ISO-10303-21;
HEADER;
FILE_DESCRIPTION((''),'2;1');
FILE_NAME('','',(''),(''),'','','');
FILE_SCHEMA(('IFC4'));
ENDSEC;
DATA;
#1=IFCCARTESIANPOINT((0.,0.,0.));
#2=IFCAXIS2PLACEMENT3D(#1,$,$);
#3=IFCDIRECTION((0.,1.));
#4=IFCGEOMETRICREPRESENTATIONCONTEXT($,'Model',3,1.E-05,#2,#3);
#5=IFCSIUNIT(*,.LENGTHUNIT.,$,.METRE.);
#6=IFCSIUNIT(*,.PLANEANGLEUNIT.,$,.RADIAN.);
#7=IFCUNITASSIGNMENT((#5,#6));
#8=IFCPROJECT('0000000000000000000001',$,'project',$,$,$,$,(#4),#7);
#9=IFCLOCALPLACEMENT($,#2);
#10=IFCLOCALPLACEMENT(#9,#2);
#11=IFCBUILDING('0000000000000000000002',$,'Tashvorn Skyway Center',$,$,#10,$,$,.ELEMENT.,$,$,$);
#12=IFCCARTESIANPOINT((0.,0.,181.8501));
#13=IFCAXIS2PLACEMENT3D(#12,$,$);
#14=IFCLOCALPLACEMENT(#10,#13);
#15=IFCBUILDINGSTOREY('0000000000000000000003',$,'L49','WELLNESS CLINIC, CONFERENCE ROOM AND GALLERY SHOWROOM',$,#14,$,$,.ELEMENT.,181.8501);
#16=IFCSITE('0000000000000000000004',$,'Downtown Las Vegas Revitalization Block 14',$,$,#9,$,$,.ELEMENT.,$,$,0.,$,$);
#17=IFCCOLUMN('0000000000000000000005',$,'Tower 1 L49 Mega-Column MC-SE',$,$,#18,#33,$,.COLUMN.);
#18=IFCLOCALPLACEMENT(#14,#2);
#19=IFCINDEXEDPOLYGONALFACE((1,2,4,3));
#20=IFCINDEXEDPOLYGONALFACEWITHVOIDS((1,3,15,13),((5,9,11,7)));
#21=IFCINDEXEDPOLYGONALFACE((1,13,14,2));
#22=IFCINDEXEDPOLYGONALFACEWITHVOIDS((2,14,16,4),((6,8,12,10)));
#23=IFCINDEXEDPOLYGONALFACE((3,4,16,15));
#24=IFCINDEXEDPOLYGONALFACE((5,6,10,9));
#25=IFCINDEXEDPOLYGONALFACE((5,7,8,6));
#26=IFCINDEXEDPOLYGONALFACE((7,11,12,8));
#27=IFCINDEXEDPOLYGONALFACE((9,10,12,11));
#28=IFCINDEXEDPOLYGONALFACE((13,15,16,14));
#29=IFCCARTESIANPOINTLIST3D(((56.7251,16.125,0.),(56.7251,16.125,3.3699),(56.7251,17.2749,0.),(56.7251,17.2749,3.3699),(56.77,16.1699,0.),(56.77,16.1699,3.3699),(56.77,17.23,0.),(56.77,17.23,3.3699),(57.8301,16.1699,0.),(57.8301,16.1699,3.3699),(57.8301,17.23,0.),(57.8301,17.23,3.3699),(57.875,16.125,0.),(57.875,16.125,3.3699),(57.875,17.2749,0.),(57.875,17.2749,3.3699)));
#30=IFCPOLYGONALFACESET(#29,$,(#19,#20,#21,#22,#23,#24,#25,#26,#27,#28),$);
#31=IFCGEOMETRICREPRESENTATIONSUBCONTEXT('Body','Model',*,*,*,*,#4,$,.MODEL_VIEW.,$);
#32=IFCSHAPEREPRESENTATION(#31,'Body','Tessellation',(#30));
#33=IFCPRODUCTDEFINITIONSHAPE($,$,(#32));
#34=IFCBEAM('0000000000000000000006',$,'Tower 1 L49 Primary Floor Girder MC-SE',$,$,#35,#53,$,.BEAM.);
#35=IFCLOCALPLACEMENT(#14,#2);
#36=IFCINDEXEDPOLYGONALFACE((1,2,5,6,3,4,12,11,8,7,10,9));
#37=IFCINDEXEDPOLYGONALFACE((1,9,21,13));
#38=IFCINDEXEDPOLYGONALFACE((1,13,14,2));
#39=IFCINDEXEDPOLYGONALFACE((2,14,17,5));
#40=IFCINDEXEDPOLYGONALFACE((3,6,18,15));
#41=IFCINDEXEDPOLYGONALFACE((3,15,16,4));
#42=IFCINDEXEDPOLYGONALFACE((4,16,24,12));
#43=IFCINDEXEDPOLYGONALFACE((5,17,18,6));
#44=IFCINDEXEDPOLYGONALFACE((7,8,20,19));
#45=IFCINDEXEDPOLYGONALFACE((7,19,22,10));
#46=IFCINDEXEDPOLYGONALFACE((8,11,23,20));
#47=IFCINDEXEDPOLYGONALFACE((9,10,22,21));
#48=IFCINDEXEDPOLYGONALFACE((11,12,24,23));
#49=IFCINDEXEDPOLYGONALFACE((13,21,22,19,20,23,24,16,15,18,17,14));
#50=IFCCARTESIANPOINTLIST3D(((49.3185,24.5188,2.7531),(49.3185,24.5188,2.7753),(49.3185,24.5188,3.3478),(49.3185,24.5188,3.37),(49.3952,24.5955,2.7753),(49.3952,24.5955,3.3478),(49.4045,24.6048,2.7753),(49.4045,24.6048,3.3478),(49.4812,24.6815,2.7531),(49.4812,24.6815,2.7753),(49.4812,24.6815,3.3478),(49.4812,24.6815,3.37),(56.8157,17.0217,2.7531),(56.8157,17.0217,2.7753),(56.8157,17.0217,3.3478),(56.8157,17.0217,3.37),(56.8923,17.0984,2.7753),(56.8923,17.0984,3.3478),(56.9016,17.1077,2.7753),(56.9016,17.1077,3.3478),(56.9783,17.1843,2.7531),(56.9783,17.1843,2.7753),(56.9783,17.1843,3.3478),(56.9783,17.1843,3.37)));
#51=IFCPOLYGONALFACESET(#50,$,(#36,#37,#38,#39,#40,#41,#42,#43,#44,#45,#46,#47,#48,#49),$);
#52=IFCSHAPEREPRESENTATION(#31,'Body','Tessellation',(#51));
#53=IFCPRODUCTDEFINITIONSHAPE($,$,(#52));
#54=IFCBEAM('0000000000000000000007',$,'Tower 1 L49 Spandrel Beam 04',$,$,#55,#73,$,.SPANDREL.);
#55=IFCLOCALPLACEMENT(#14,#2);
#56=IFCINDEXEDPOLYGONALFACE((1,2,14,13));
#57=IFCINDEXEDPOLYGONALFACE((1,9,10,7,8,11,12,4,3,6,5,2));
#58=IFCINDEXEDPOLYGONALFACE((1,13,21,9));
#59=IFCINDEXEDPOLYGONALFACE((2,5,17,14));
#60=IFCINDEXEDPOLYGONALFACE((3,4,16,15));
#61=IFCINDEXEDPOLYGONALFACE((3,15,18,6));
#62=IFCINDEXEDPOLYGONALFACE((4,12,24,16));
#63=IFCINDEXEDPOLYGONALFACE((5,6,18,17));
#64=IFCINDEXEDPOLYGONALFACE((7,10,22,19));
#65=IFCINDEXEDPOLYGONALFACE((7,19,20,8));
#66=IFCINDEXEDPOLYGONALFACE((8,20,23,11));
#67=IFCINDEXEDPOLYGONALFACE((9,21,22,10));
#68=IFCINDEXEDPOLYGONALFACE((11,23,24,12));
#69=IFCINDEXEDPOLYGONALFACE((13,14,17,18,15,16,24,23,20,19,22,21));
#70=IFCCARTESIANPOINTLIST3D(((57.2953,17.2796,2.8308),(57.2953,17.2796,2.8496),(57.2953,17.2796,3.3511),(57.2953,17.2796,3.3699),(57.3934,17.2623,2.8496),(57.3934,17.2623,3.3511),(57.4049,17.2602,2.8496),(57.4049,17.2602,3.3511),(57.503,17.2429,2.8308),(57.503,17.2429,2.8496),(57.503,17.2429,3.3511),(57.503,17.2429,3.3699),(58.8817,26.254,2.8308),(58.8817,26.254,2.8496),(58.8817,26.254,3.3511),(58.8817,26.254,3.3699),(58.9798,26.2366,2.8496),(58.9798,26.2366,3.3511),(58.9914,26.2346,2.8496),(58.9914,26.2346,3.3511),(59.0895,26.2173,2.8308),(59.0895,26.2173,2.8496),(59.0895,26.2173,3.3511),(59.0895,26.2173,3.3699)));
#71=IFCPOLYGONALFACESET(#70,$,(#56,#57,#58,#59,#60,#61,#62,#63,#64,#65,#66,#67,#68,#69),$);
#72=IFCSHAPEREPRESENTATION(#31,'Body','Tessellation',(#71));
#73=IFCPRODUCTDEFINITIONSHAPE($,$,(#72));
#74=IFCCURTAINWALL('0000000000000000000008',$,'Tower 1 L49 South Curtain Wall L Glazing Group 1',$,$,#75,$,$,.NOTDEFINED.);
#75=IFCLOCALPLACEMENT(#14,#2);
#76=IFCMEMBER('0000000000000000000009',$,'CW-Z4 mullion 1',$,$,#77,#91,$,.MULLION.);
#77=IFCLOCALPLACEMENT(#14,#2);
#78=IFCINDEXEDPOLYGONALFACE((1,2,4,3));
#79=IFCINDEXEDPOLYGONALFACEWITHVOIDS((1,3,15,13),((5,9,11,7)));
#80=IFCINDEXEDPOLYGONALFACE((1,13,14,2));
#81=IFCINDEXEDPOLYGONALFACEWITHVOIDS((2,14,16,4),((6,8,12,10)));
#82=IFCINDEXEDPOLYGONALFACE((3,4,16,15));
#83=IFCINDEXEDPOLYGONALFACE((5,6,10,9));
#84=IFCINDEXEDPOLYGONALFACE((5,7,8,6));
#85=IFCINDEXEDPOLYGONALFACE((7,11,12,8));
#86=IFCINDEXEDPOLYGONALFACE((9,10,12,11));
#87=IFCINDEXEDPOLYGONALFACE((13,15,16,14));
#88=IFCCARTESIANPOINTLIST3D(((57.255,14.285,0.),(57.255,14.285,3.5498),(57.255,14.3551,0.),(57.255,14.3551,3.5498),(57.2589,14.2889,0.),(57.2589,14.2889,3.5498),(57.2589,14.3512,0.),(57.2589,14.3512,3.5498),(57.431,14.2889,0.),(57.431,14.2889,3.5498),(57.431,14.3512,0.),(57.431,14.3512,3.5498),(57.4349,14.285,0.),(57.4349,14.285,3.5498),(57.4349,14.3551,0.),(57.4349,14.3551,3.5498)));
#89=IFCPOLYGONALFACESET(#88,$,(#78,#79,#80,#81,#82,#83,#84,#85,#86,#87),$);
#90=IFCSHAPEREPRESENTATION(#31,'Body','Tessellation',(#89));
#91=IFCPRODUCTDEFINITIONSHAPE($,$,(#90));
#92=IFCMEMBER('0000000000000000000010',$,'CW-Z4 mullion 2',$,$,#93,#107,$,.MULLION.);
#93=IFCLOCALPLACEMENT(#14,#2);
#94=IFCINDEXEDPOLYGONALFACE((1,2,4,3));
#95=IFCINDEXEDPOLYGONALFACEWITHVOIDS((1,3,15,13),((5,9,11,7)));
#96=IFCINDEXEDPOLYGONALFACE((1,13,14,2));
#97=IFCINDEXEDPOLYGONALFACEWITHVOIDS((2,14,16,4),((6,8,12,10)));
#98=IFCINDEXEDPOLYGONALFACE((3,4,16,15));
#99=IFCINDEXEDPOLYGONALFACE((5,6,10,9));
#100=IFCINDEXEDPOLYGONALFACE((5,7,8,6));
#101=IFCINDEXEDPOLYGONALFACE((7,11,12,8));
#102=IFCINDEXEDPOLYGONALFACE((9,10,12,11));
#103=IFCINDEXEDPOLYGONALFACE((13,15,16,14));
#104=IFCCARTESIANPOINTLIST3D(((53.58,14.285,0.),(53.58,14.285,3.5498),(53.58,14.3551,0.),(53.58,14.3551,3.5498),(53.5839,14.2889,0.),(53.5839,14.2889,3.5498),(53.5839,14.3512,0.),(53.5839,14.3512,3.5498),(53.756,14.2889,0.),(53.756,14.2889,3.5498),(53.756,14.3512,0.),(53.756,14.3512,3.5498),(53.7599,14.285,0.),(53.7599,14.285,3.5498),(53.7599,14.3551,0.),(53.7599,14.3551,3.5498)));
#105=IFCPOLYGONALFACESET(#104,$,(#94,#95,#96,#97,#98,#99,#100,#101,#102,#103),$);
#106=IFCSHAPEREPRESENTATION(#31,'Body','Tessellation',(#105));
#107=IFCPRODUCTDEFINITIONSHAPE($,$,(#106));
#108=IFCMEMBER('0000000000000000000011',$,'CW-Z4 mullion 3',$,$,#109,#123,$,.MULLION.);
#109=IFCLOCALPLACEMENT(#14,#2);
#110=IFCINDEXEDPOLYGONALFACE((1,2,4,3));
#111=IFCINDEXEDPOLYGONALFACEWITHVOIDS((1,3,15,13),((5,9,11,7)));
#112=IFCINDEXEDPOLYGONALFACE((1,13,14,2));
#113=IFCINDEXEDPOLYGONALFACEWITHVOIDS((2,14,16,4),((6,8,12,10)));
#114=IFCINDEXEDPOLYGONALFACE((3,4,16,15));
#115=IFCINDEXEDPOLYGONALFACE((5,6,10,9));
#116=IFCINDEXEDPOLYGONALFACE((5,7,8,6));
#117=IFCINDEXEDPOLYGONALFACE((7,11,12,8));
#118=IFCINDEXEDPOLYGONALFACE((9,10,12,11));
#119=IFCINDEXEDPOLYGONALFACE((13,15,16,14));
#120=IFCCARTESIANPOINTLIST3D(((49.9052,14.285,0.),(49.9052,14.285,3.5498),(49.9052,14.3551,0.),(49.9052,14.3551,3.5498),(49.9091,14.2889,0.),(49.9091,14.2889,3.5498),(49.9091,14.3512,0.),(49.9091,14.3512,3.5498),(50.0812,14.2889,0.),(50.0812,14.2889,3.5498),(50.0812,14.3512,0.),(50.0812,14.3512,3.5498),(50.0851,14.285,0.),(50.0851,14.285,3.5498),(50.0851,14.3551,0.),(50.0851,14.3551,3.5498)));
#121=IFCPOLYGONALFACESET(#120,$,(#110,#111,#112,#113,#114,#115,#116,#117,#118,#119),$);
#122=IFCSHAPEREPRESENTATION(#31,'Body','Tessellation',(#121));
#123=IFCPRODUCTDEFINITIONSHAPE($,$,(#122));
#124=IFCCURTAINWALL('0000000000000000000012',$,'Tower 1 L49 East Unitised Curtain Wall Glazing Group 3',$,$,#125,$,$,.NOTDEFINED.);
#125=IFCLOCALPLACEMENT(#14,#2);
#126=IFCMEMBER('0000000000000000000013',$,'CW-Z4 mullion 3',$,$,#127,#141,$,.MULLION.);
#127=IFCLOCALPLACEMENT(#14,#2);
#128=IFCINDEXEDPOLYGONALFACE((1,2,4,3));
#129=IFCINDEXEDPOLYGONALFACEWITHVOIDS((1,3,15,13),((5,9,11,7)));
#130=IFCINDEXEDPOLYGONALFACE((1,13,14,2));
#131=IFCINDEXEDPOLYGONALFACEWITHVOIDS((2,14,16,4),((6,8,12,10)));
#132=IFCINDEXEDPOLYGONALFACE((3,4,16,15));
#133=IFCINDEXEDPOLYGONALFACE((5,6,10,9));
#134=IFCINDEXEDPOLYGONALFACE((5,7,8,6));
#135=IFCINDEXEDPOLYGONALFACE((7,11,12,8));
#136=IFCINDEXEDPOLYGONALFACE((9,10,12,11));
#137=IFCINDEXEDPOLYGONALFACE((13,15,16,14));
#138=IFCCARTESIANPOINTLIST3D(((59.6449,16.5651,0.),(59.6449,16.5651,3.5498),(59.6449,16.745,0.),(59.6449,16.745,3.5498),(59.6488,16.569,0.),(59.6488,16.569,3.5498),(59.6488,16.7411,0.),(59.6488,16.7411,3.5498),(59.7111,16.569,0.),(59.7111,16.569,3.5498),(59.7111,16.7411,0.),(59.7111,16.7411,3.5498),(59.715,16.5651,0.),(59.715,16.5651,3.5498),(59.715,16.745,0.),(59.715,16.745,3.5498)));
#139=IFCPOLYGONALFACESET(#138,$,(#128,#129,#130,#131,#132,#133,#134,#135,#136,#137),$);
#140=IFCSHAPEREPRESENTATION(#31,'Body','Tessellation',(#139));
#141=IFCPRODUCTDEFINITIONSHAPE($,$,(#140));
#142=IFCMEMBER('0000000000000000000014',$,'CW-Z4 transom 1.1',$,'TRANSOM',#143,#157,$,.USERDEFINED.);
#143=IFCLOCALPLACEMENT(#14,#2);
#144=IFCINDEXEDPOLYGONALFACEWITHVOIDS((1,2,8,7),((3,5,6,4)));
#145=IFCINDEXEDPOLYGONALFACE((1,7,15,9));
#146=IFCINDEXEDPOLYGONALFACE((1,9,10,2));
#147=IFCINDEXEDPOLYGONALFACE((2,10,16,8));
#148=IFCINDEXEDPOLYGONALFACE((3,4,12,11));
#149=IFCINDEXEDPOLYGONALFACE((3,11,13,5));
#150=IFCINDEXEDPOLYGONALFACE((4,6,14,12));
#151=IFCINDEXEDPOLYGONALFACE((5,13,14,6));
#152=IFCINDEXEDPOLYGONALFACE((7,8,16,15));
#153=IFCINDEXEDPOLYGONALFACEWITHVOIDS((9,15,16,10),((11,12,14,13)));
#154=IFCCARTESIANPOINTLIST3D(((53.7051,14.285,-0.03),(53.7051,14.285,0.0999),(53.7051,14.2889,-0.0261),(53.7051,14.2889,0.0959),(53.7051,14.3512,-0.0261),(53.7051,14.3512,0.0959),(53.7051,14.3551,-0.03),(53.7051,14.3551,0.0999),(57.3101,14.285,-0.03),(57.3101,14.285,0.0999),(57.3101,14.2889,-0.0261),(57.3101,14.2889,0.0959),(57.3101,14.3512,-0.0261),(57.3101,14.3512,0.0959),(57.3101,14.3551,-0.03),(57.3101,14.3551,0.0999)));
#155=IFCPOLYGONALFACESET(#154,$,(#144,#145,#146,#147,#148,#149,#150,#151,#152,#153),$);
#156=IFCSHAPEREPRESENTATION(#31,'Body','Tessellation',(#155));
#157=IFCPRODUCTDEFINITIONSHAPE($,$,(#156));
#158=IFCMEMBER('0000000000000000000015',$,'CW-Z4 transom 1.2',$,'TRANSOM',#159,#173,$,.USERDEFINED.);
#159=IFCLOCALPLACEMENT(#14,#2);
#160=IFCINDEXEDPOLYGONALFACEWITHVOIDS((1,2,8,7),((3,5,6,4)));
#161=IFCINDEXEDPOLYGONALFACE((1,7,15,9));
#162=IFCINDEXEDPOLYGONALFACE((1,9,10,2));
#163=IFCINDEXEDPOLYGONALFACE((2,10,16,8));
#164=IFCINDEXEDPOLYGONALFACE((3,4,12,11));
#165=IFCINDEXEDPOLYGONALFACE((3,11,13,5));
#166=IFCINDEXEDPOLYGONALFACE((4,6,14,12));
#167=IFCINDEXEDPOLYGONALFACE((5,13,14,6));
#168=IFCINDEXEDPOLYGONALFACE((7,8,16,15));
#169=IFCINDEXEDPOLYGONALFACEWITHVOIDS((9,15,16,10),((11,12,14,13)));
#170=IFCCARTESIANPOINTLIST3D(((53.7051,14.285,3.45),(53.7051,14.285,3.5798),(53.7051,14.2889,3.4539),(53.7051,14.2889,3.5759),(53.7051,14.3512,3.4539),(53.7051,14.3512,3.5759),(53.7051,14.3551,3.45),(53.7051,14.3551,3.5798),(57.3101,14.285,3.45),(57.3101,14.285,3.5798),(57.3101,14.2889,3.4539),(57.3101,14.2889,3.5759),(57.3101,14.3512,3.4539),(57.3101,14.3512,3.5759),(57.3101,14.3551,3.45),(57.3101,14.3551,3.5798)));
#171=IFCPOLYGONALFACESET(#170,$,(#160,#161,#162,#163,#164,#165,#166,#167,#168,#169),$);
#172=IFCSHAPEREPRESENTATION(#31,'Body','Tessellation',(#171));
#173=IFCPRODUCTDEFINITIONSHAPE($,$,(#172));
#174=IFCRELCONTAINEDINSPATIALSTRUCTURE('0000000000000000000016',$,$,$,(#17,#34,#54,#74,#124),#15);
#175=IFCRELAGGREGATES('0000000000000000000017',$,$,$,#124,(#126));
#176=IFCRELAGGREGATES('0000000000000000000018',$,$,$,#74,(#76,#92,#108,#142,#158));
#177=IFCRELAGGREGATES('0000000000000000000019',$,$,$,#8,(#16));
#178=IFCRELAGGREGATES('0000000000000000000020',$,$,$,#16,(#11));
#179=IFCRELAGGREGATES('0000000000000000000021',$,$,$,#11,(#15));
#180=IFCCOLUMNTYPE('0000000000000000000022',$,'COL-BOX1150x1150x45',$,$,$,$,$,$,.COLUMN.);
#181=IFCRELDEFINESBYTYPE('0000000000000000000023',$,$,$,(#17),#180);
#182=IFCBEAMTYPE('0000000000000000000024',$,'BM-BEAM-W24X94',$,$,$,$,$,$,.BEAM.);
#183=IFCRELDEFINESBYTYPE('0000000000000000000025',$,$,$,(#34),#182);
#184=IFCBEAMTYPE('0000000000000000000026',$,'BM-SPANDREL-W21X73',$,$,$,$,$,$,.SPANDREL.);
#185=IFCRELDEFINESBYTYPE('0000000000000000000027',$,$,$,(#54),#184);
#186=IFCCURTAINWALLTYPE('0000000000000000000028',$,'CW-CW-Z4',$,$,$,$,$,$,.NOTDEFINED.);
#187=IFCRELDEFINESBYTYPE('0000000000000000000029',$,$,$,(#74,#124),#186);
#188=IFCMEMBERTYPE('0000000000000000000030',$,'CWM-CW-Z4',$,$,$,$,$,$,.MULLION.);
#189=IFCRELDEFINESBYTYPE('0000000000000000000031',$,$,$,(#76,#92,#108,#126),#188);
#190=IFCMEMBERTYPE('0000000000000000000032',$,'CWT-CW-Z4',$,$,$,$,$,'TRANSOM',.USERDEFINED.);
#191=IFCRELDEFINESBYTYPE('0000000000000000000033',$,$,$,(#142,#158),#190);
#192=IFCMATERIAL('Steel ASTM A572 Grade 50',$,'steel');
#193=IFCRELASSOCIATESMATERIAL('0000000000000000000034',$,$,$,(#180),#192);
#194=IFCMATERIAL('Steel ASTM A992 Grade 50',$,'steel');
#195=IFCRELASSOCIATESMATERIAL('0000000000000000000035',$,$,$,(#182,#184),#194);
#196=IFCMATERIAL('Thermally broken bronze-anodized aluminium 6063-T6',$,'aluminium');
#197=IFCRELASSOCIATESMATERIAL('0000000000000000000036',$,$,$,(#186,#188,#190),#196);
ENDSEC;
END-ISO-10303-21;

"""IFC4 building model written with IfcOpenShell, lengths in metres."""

from ifc_helpers import new_model, si_unit, direction, frame, origin, origin_2d, place, context, subcontext, project, spatial, hollow_rectangle, i_section, extrude, material, material_profile, profile_set, type_object, element, aggregate, save


model = new_model("IFC4")

# Units and contexts
model_context = context("Model", 3, precision=1e-05, world=origin(), true_north=direction((0.0, 1.0)))
body_context = subcontext(model_context, "Body", "Model", "MODEL_VIEW")
ifc_project = project(units=[si_unit("LENGTHUNIT", "METRE"), si_unit("PLANEANGLEUNIT", "RADIAN")], contexts=[model_context])

# Site, building, storey
site_placement = place(None, origin())
site = spatial("IfcSite", under=ifc_project, at=site_placement, Name="Downtown Las Vegas Revitalization Block 14", CompositionType="ELEMENT", RefElevation=0.0)
building_placement = place(site_placement, origin())
building = spatial("IfcBuilding", under=site, at=building_placement, Name="Tashvorn Skyway Center", CompositionType="ELEMENT")
storey_placement = place(building_placement, frame((0.0, 0.0, 181.8501)))
storey = spatial("IfcBuildingStorey", under=building, at=storey_placement, Name="L49", Description="WELLNESS CLINIC, CONFERENCE ROOM AND GALLERY SHOWROOM", CompositionType="ELEMENT", Elevation=181.8501)

# Column
ifc_material_1 = material(Name="Steel ASTM A572 Grade 50", Category="steel")
ifc_material_profile_1 = material_profile(ifc_material_1, hollow_rectangle(XDim=1.1499, YDim=1.1499, WallThickness=0.0449, at=origin_2d()), Name="BOX1150x1150x45")
ifc_profile_set_1 = profile_set([ifc_material_profile_1], Name="Steel ASTM A572 Grade 50")
column_type = type_object("IfcColumnType", Name="COL-BOX1150x1150x45", PredefinedType="COLUMN", material=ifc_profile_set_1)
column_placement = place(storey_placement, frame((57.3, 16.7, 0.0), z_axis=(0.0, 0.0, 1.0), x_axis=(1.0, 0.0, 0.0)))
element("IfcColumn", 1, at=column_placement, inside=storey, type_object=column_type, Name="Tower 1 L49 Mega-Column MC-SE", PredefinedType="COLUMN", context=body_context, shape_type="SweptSolid", body=[
    extrude(hollow_rectangle(XDim=1.1499, YDim=1.1499, WallThickness=0.0449, at=origin_2d()), origin(), (0.0, 0.0, 1.0), 3.3699),
])

# Beams
ifc_material_2 = material(Name="Steel ASTM A992 Grade 50", Category="steel")
ifc_material_profile_2 = material_profile(ifc_material_2, i_section(OverallWidth=0.23, OverallDepth=0.6169, WebThickness=0.0132, FlangeThickness=0.0222, at=origin_2d()), Name="W24X94")
ifc_profile_set_2 = profile_set([ifc_material_profile_2], Name="Steel ASTM A992 Grade 50")
beam_type_1 = type_object("IfcBeamType", Name="BM-BEAM-W24X94", PredefinedType="BEAM", material=ifc_profile_set_2)
beam_1_placement = place(storey_placement, frame((56.897, 17.103, 3.0615), z_axis=(-0.707107, 0.707107, 0.0), x_axis=(-0.707107, -0.707107, 0.0)))
element("IfcBeam", 2, at=beam_1_placement, inside=storey, type_object=beam_type_1, Name="Tower 1 L49 Primary Floor Girder MC-SE", PredefinedType="BEAM", context=body_context, shape_type="SweptSolid", body=[
    extrude(i_section(OverallWidth=0.23, OverallDepth=0.6169, WebThickness=0.0132, FlangeThickness=0.0222, at=origin_2d()), origin(), (0.0, 0.0, 1.0), 10.6025),
])
ifc_material_profile_3 = material_profile(ifc_material_2, i_section(OverallWidth=0.2109, OverallDepth=0.5391, WebThickness=0.0117, FlangeThickness=0.0188, at=origin_2d()), Name="W21X73")
ifc_profile_set_3 = profile_set([ifc_material_profile_3], Name="Steel ASTM A992 Grade 50")
beam_type_2 = type_object("IfcBeamType", Name="BM-SPANDREL-W21X73", PredefinedType="SPANDREL", material=ifc_profile_set_3)
beam_2_placement = place(storey_placement, frame((57.3992, 17.2612, 3.1003), z_axis=(0.174074, 0.984733, 0.0), x_axis=(-0.984733, 0.174074, 0.0)))
element("IfcBeam", 3, at=beam_2_placement, inside=storey, type_object=beam_type_2, Name="Tower 1 L49 Spandrel Beam 04", PredefinedType="SPANDREL", context=body_context, shape_type="SweptSolid", body=[
    extrude(i_section(OverallWidth=0.2109, OverallDepth=0.5391, WebThickness=0.0117, FlangeThickness=0.0188, at=origin_2d()), origin(), (0.0, 0.0, 1.0), 9.1135),
])

# Curtain wall, members
ifc_material_3 = material(Name="Thermally broken bronze-anodized aluminium 6063-T6", Category="aluminium")
curtain_wall_type = type_object("IfcCurtainWallType", Name="CW-CW-Z4", PredefinedType="NOTDEFINED", material=ifc_material_3)
curtain_wall_1_placement = place(storey_placement, origin())
curtain_wall_1 = element("IfcCurtainWall", 4, at=curtain_wall_1_placement, inside=storey, type_object=curtain_wall_type, Name="Tower 1 L49 South Curtain Wall L Glazing Group 1", PredefinedType="NOTDEFINED")
ifc_material_profile_4 = material_profile(ifc_material_3, hollow_rectangle(XDim=0.0701, YDim=0.1799, WallThickness=0.0039, at=origin_2d()), Name="ALU-MULL-70x180")
ifc_profile_set_4 = profile_set([ifc_material_profile_4], Name="Thermally broken bronze-anodized aluminium 6063-T6")
member_type_1 = type_object("IfcMemberType", Name="CWM-CW-Z4", PredefinedType="MULLION", material=ifc_profile_set_4)
member_1_placement = place(storey_placement, frame((57.345, 14.3201, 0.0), z_axis=(0.0, 0.0, 1.0), x_axis=(0.0, -1.0, 0.0)))
member_1 = element("IfcMember", 5, at=member_1_placement, type_object=member_type_1, Name="CW-Z4 mullion 1", PredefinedType="MULLION", context=body_context, shape_type="SweptSolid", body=[
    extrude(hollow_rectangle(XDim=0.0701, YDim=0.1799, WallThickness=0.0039, at=origin_2d()), origin(), (0.0, 0.0, 1.0), 3.5498),
])
member_2_placement = place(storey_placement, frame((53.6699, 14.3201, 0.0), z_axis=(0.0, 0.0, 1.0), x_axis=(0.0, -1.0, 0.0)))
member_2 = element("IfcMember", 6, at=member_2_placement, type_object=member_type_1, Name="CW-Z4 mullion 2", PredefinedType="MULLION", context=body_context, shape_type="SweptSolid", body=[
    extrude(hollow_rectangle(XDim=0.0701, YDim=0.1799, WallThickness=0.0039, at=origin_2d()), origin(), (0.0, 0.0, 1.0), 3.5498),
])
member_3_placement = place(storey_placement, frame((49.9951, 14.3201, 0.0), z_axis=(0.0, 0.0, 1.0), x_axis=(0.0, -1.0, 0.0)))
member_3 = element("IfcMember", 7, at=member_3_placement, type_object=member_type_1, Name="CW-Z4 mullion 3", PredefinedType="MULLION", context=body_context, shape_type="SweptSolid", body=[
    extrude(hollow_rectangle(XDim=0.0701, YDim=0.1799, WallThickness=0.0039, at=origin_2d()), origin(), (0.0, 0.0, 1.0), 3.5498),
])

# Curtain wall, member
curtain_wall_2_placement = place(storey_placement, origin())
curtain_wall_2 = element("IfcCurtainWall", 8, at=curtain_wall_2_placement, inside=storey, type_object=curtain_wall_type, Name="Tower 1 L49 East Unitised Curtain Wall Glazing Group 3", PredefinedType="NOTDEFINED")
member_4_placement = place(storey_placement, frame((59.6799, 16.655, 0.0), z_axis=(0.0, 0.0, 1.0), x_axis=(1.0, 0.0, 0.0)))
member_4 = element("IfcMember", 9, at=member_4_placement, type_object=member_type_1, Name="CW-Z4 mullion 3", PredefinedType="MULLION", context=body_context, shape_type="SweptSolid", body=[
    extrude(hollow_rectangle(XDim=0.0701, YDim=0.1799, WallThickness=0.0039, at=origin_2d()), origin(), (0.0, 0.0, 1.0), 3.5498),
])
aggregate(curtain_wall_2, [member_4])

# Members
ifc_material_profile_5 = material_profile(ifc_material_3, hollow_rectangle(XDim=0.0701, YDim=0.1299, WallThickness=0.0039, at=origin_2d()), Name="ALU-TRAN-70x130")
ifc_profile_set_5 = profile_set([ifc_material_profile_5], Name="Thermally broken bronze-anodized aluminium 6063-T6")
member_type_2 = type_object("IfcMemberType", Name="CWT-CW-Z4", ElementType="TRANSOM", PredefinedType="USERDEFINED", material=ifc_profile_set_5)
member_5_placement = place(storey_placement, frame((57.3101, 14.3201, 0.0349), z_axis=(-1.0, 0.0, 0.0), x_axis=(0.0, -1.0, 0.0)))
member_5 = element("IfcMember", 10, at=member_5_placement, type_object=member_type_2, Name="CW-Z4 transom 1.1", ObjectType="TRANSOM", PredefinedType="USERDEFINED", context=body_context, shape_type="SweptSolid", body=[
    extrude(hollow_rectangle(XDim=0.0701, YDim=0.1299, WallThickness=0.0039, at=origin_2d()), origin(), (0.0, 0.0, 1.0), 3.605),
])
member_6_placement = place(storey_placement, frame((57.3101, 14.3201, 3.5149), z_axis=(-1.0, 0.0, 0.0), x_axis=(0.0, -1.0, 0.0)))
member_6 = element("IfcMember", 11, at=member_6_placement, type_object=member_type_2, Name="CW-Z4 transom 1.2", ObjectType="TRANSOM", PredefinedType="USERDEFINED", context=body_context, shape_type="SweptSolid", body=[
    extrude(hollow_rectangle(XDim=0.0701, YDim=0.1299, WallThickness=0.0039, at=origin_2d()), origin(), (0.0, 0.0, 1.0), 3.605),
])

aggregate(curtain_wall_1, [member_1, member_2, member_3, member_5, member_6])

save(model, "model.ifc")
